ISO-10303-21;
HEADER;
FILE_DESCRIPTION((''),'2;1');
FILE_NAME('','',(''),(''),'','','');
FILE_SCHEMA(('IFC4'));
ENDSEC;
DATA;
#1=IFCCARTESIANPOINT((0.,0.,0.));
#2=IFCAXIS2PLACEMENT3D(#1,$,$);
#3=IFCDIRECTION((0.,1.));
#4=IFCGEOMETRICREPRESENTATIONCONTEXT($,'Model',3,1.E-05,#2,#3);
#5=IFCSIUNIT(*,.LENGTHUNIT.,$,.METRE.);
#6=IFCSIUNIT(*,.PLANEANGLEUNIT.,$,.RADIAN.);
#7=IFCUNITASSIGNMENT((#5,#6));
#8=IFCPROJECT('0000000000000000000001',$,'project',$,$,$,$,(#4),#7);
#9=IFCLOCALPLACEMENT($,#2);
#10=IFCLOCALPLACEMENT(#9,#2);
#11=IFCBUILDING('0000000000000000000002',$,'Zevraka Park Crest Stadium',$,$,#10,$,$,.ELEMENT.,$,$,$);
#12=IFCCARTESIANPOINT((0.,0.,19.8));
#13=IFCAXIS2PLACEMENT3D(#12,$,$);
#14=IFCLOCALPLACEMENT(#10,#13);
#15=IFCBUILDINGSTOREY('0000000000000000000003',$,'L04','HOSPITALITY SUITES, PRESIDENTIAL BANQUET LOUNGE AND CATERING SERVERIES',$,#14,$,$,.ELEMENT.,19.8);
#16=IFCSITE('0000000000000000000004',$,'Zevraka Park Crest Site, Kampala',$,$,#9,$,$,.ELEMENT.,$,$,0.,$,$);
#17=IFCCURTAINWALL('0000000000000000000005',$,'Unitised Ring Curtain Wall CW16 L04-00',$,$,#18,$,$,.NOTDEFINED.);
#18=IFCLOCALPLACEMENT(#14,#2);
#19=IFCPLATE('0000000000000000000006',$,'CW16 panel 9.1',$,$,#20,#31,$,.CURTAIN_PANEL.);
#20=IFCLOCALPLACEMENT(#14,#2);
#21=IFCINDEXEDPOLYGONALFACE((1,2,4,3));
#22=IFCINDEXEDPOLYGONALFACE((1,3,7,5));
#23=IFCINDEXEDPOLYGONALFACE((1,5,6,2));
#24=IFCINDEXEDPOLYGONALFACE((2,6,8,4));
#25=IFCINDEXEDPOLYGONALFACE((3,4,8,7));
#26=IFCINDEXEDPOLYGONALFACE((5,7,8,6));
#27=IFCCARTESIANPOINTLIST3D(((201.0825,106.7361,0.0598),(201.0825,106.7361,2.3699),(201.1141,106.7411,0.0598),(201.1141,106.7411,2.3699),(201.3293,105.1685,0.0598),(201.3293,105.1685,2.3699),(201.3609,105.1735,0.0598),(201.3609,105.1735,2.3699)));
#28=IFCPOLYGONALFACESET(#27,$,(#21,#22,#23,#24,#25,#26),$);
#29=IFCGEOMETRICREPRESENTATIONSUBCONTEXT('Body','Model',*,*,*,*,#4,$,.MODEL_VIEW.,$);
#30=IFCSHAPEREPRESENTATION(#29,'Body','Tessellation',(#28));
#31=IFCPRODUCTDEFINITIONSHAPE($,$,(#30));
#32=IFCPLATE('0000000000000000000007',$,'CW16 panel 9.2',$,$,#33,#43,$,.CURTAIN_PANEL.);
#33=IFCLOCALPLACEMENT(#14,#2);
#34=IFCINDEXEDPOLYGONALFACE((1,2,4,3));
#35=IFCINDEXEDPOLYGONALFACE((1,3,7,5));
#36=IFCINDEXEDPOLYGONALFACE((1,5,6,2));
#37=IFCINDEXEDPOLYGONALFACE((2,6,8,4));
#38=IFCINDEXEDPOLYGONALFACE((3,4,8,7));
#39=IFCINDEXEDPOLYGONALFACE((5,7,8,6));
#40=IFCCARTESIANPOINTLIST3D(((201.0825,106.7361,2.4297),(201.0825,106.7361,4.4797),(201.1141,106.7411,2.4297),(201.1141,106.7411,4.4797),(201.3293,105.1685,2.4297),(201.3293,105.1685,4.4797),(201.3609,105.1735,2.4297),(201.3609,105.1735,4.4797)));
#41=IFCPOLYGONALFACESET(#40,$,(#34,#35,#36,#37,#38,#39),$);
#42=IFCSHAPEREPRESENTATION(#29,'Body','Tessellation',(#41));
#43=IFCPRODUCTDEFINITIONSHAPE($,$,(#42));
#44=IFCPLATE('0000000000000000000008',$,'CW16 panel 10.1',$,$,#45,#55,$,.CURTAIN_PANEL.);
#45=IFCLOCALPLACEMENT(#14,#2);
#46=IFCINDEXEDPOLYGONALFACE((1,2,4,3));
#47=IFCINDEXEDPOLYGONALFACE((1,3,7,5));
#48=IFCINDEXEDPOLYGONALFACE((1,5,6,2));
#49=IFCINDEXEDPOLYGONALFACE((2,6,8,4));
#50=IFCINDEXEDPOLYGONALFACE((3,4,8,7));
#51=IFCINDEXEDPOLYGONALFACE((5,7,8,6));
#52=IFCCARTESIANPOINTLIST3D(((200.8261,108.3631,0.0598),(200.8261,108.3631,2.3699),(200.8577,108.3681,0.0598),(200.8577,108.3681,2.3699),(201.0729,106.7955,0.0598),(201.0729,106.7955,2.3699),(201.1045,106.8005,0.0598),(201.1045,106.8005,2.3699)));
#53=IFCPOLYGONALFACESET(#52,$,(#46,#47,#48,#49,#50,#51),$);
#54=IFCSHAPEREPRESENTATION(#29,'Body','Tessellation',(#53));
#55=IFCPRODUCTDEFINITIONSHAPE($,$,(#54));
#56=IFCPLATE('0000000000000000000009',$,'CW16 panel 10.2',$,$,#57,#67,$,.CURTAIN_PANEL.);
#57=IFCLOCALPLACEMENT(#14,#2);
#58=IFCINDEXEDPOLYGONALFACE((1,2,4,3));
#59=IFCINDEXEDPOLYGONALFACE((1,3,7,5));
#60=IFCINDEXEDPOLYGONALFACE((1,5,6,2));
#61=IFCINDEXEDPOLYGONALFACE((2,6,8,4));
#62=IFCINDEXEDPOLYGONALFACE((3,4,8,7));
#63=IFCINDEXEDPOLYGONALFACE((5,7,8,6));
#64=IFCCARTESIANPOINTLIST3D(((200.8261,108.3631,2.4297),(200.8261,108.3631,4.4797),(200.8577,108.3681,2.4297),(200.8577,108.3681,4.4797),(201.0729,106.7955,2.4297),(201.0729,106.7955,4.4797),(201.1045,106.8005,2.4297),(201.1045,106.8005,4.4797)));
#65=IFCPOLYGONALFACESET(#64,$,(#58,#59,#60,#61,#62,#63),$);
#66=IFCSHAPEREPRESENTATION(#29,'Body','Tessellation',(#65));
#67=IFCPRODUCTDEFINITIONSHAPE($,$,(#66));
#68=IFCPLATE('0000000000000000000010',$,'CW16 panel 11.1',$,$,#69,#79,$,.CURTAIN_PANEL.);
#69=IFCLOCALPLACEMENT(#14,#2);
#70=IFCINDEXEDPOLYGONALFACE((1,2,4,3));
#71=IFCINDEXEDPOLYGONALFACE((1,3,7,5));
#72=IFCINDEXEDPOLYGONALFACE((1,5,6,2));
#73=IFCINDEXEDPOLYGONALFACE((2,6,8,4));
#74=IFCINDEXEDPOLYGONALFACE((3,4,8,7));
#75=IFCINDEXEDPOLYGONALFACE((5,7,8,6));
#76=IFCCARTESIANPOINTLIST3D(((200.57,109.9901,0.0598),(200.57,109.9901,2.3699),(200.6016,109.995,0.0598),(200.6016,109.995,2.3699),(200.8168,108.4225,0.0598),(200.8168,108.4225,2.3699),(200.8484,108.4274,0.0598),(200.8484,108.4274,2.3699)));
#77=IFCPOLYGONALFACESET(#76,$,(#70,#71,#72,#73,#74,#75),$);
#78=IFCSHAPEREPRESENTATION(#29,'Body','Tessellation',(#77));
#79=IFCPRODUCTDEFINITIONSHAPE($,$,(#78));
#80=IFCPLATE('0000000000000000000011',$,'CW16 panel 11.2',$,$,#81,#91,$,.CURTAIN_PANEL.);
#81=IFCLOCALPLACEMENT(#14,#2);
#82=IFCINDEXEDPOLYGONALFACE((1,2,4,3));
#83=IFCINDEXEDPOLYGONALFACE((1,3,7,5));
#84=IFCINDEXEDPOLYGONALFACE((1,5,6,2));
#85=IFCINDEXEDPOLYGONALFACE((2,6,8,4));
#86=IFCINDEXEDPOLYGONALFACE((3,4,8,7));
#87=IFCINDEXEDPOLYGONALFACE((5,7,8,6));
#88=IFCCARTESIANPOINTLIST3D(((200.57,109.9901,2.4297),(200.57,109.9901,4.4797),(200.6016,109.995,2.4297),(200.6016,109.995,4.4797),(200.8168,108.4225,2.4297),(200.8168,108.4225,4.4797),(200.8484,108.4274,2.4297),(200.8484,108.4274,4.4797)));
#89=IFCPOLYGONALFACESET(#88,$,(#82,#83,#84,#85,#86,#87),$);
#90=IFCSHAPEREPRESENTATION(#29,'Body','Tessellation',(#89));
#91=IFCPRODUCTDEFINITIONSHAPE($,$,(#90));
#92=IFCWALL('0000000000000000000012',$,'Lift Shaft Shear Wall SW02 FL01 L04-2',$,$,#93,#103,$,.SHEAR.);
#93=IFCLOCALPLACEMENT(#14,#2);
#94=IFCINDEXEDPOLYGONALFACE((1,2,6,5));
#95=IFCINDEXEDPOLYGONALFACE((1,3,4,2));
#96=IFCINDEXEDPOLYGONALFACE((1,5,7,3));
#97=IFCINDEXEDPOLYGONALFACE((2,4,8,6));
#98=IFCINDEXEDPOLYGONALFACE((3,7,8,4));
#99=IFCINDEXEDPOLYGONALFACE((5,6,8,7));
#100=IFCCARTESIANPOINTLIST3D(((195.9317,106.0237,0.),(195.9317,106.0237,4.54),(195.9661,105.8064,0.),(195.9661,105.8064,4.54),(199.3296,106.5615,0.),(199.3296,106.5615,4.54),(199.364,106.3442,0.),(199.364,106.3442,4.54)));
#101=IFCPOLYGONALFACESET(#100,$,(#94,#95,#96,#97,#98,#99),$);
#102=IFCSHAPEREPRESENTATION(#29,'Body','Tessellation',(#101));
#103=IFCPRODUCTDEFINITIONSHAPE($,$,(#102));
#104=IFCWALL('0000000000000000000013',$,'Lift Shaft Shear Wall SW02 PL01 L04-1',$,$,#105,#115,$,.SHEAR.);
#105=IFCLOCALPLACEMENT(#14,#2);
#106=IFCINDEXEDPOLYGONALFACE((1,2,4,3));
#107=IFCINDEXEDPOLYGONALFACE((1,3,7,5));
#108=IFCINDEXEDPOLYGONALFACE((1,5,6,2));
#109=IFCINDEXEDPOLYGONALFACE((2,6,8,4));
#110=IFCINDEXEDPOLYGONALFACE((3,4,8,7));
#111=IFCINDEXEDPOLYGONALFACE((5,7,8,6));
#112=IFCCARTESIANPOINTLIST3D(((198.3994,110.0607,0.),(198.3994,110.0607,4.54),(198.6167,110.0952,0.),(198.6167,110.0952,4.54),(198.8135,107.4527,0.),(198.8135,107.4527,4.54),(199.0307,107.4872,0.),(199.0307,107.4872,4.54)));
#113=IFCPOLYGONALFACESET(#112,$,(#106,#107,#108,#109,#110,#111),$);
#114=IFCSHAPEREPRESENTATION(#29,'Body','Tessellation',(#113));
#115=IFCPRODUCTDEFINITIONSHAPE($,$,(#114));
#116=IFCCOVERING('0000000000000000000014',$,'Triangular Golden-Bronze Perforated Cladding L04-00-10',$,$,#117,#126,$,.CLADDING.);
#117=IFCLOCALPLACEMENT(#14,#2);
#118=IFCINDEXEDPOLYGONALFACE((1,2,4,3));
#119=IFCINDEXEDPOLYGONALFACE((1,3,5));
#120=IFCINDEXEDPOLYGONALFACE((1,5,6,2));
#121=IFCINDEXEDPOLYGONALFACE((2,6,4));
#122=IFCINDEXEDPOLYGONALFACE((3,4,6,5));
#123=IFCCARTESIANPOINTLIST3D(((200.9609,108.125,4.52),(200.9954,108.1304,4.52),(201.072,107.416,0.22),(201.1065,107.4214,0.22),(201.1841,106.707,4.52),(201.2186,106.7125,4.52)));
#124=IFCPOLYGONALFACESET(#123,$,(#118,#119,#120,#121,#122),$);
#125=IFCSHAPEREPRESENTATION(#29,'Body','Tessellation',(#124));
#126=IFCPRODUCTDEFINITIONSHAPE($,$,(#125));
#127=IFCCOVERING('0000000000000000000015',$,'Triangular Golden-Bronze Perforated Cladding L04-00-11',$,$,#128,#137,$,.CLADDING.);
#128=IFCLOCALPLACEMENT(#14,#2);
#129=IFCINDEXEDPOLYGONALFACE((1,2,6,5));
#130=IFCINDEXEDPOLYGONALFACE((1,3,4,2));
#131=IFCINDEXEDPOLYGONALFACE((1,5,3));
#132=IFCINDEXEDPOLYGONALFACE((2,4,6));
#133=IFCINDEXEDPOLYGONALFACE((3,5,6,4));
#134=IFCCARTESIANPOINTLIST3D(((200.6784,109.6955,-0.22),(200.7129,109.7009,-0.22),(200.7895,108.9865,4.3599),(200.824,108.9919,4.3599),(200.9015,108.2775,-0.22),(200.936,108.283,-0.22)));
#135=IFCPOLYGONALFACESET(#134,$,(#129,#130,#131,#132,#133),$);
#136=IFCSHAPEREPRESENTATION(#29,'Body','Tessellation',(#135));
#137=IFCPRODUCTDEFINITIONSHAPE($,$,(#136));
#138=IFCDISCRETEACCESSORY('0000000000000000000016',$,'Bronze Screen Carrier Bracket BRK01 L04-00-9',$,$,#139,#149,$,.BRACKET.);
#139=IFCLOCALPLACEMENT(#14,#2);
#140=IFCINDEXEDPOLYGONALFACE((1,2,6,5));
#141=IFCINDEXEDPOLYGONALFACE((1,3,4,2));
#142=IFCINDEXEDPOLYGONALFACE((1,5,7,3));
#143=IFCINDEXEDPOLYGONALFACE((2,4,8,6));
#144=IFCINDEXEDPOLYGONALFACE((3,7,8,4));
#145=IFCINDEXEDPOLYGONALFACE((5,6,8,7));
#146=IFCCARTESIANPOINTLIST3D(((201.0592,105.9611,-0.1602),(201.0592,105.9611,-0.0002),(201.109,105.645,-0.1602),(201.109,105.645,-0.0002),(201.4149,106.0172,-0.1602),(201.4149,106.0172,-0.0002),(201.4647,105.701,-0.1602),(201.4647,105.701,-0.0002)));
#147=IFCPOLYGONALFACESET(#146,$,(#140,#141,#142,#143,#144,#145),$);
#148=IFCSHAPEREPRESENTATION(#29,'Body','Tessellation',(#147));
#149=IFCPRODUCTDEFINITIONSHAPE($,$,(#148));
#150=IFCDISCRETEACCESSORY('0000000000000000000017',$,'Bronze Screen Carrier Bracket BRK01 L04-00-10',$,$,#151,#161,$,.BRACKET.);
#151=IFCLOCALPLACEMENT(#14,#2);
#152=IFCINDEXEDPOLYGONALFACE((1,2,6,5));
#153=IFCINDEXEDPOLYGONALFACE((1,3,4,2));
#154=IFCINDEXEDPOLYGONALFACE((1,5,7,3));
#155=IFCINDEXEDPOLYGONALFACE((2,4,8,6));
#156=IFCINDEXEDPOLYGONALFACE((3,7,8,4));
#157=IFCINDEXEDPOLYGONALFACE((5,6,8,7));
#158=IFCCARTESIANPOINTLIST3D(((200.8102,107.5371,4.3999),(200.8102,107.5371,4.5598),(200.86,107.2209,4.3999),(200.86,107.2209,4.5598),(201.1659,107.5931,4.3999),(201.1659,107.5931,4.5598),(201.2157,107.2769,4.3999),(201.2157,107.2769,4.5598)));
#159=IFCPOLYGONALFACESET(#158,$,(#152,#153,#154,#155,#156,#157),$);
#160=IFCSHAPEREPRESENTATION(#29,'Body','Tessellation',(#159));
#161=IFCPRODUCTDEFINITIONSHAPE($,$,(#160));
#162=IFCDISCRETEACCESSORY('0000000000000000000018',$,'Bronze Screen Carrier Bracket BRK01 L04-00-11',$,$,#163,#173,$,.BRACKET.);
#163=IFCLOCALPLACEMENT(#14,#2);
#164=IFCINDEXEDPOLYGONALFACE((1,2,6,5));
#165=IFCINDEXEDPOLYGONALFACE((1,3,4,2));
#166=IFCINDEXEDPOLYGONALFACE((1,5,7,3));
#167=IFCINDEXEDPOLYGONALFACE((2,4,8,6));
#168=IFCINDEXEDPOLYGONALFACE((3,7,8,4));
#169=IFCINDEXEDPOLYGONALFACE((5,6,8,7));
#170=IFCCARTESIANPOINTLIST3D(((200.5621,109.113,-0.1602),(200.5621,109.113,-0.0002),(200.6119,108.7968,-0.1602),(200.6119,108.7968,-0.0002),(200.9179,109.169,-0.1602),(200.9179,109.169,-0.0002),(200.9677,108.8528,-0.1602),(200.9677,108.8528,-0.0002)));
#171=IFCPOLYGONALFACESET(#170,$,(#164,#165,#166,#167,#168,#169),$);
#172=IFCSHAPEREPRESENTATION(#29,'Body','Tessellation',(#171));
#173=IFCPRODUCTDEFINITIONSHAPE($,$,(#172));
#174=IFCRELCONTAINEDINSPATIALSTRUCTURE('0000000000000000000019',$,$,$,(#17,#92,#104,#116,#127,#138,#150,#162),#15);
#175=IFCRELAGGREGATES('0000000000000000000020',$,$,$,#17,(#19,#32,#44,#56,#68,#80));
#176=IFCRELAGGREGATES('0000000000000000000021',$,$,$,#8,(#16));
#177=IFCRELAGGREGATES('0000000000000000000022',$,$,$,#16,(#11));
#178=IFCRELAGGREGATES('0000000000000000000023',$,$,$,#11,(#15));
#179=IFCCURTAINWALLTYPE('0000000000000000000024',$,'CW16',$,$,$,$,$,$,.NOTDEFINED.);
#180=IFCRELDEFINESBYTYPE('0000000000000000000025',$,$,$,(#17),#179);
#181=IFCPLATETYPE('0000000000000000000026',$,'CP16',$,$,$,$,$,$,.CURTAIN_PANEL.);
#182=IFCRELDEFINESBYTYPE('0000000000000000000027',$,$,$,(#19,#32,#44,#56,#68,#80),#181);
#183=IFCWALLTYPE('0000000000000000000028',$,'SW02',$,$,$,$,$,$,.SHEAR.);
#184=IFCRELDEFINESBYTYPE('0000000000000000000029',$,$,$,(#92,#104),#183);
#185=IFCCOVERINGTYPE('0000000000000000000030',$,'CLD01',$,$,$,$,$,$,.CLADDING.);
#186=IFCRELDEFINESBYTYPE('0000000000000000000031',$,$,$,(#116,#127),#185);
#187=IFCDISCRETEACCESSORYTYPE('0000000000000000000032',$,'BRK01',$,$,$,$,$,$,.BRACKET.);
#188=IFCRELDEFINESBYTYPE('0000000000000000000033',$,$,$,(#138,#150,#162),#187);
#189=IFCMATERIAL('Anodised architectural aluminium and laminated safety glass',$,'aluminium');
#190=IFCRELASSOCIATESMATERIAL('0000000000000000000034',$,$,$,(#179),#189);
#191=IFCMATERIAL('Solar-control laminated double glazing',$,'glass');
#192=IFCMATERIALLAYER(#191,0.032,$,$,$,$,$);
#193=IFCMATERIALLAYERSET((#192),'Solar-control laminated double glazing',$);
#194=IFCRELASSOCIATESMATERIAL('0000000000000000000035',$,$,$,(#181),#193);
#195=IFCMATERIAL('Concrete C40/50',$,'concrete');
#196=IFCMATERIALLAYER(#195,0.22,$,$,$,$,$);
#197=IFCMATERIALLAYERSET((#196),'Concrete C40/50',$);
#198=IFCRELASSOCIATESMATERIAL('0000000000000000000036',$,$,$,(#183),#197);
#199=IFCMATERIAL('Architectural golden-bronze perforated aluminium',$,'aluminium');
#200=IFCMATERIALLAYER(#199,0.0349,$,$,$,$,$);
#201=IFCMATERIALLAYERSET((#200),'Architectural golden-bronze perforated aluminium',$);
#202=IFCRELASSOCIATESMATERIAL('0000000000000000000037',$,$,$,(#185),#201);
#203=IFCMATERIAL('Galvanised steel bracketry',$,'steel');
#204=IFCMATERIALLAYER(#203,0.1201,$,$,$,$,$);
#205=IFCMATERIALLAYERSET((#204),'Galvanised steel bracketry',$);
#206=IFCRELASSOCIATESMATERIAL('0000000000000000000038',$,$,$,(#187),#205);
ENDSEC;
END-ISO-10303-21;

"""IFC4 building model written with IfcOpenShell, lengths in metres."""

from ifc_helpers import new_model, si_unit, direction, frame, frame_2d, origin, origin_2d, place, context, subcontext, project, spatial, polyline, rectangle, outline, extrude, material, layer, layer_set, type_object, element, aggregate, save


model = new_model("IFC4")

# Units and contexts
model_context = context("Model", 3, precision=1e-05, world=origin(), true_north=direction((0.0, 1.0)))
body_context = subcontext(model_context, "Body", "Model", "MODEL_VIEW")
ifc_project = project(units=[si_unit("LENGTHUNIT", "METRE"), si_unit("PLANEANGLEUNIT", "RADIAN")], contexts=[model_context])

# Site, building, storey
site_placement = place(None, origin())
site = spatial("IfcSite", under=ifc_project, at=site_placement, Name="Zevraka Park Crest Site, Kampala", CompositionType="ELEMENT", RefElevation=0.0)
building_placement = place(site_placement, origin())
building = spatial("IfcBuilding", under=site, at=building_placement, Name="Zevraka Park Crest Stadium", CompositionType="ELEMENT")
storey_placement = place(building_placement, frame((0.0, 0.0, 19.8)))
storey = spatial("IfcBuildingStorey", under=building, at=storey_placement, Name="L04", Description="HOSPITALITY SUITES, PRESIDENTIAL BANQUET LOUNGE AND CATERING SERVERIES", CompositionType="ELEMENT", Elevation=19.8)

# Curtain wall, plates
ifc_material_1 = material(Name="Anodised architectural aluminium and laminated safety glass", Category="aluminium")
curtain_wall_type = type_object("IfcCurtainWallType", Name="CW16", PredefinedType="NOTDEFINED", material=ifc_material_1)
curtain_wall_placement = place(storey_placement, origin())
curtain_wall = element("IfcCurtainWall", 1, at=curtain_wall_placement, inside=storey, type_object=curtain_wall_type, Name="Unitised Ring Curtain Wall CW16 L04-00", PredefinedType="NOTDEFINED")
ifc_material_2 = material(Name="Solar-control laminated double glazing", Category="glass")
ifc_layer_1 = layer(ifc_material_2, 0.032)
ifc_layer_set_1 = layer_set([ifc_layer_1], Name="Solar-control laminated double glazing")
plate_type = type_object("IfcPlateType", Name="CP16", PredefinedType="CURTAIN_PANEL", material=ifc_layer_set_1)
plate_1_placement = place(storey_placement, frame((201.2217, 105.9548, 0.0598), z_axis=(0.0, 0.0, 1.0), x_axis=(-0.155539, 0.98783, 0.0)))
plate_1 = element("IfcPlate", 2, at=plate_1_placement, type_object=plate_type, Name="CW16 panel 9.1", PredefinedType="CURTAIN_PANEL", context=body_context, shape_type="SweptSolid", body=[
    extrude(rectangle(XDim=1.5869, YDim=0.032, at=origin_2d()), origin(), (0.0, 0.0, 1.0), 2.3101),
])
plate_2_placement = place(storey_placement, frame((201.2217, 105.9548, 2.4297), z_axis=(0.0, 0.0, 1.0), x_axis=(-0.155539, 0.98783, 0.0)))
plate_2 = element("IfcPlate", 3, at=plate_2_placement, type_object=plate_type, Name="CW16 panel 9.2", PredefinedType="CURTAIN_PANEL", context=body_context, shape_type="SweptSolid", body=[
    extrude(rectangle(XDim=1.5869, YDim=0.032, at=origin_2d()), origin(), (0.0, 0.0, 1.0), 2.05),
])
plate_3_placement = place(storey_placement, frame((200.9653, 107.5818, 0.0598), z_axis=(0.0, 0.0, 1.0), x_axis=(-0.155539, 0.98783, 0.0)))
plate_3 = element("IfcPlate", 4, at=plate_3_placement, type_object=plate_type, Name="CW16 panel 10.1", PredefinedType="CURTAIN_PANEL", context=body_context, shape_type="SweptSolid", body=[
    extrude(rectangle(XDim=1.5869, YDim=0.032, at=origin_2d()), origin(), (0.0, 0.0, 1.0), 2.3101),
])
plate_4_placement = place(storey_placement, frame((200.9653, 107.5818, 2.4297), z_axis=(0.0, 0.0, 1.0), x_axis=(-0.155539, 0.98783, 0.0)))
plate_4 = element("IfcPlate", 5, at=plate_4_placement, type_object=plate_type, Name="CW16 panel 10.2", PredefinedType="CURTAIN_PANEL", context=body_context, shape_type="SweptSolid", body=[
    extrude(rectangle(XDim=1.5869, YDim=0.032, at=origin_2d()), origin(), (0.0, 0.0, 1.0), 2.05),
])
plate_5_placement = place(storey_placement, frame((200.7092, 109.2087, 0.0598), z_axis=(0.0, 0.0, 1.0), x_axis=(-0.155539, 0.98783, 0.0)))
plate_5 = element("IfcPlate", 6, at=plate_5_placement, type_object=plate_type, Name="CW16 panel 11.1", PredefinedType="CURTAIN_PANEL", context=body_context, shape_type="SweptSolid", body=[
    extrude(rectangle(XDim=1.5869, YDim=0.032, at=origin_2d()), origin(), (0.0, 0.0, 1.0), 2.3101),
])
plate_6_placement = place(storey_placement, frame((200.7092, 109.2087, 2.4297), z_axis=(0.0, 0.0, 1.0), x_axis=(-0.155539, 0.98783, 0.0)))
plate_6 = element("IfcPlate", 7, at=plate_6_placement, type_object=plate_type, Name="CW16 panel 11.2", PredefinedType="CURTAIN_PANEL", context=body_context, shape_type="SweptSolid", body=[
    extrude(rectangle(XDim=1.5869, YDim=0.032, at=origin_2d()), origin(), (0.0, 0.0, 1.0), 2.05),
])
aggregate(curtain_wall, [plate_1, plate_2, plate_3, plate_4, plate_5, plate_6])

# Walls
ifc_material_3 = material(Name="Concrete C40/50", Category="concrete")
ifc_layer_2 = layer(ifc_material_3, 0.22)
ifc_layer_set_2 = layer_set([ifc_layer_2], Name="Concrete C40/50")
wall_type = type_object("IfcWallType", Name="SW02", PredefinedType="SHEAR", material=ifc_layer_set_2)
wall_1_placement = place(storey_placement, frame((199.3469, 106.4529, 0.0), z_axis=(0.0, 0.0, 1.0), x_axis=(-0.987704, -0.156338, 0.0)))
element("IfcWall", 8, at=wall_1_placement, inside=storey, type_object=wall_type, Name="Lift Shaft Shear Wall SW02 FL01 L04-2", PredefinedType="SHEAR", context=body_context, shape_type="SweptSolid", body=[
    extrude(rectangle(XDim=3.4402, YDim=0.22, at=frame_2d((1.7202, 0.0))), origin(), (0.0, 0.0, 1.0), 4.54),
])
wall_2_placement = place(storey_placement, frame((198.9221, 107.47, 0.0), z_axis=(0.0, 0.0, 1.0), x_axis=(-0.156808, 0.987629, 0.0)))
element("IfcWall", 9, at=wall_2_placement, inside=storey, type_object=wall_type, Name="Lift Shaft Shear Wall SW02 PL01 L04-1", PredefinedType="SHEAR", context=body_context, shape_type="SweptSolid", body=[
    extrude(rectangle(XDim=2.6406, YDim=0.22, at=frame_2d((1.3203, 0.0))), origin(), (0.0, 0.0, 1.0), 4.54),
])

# Coverings
ifc_material_4 = material(Name="Architectural golden-bronze perforated aluminium", Category="aluminium")
ifc_layer_3 = layer(ifc_material_4, 0.0349)
ifc_layer_set_3 = layer_set([ifc_layer_3], Name="Architectural golden-bronze perforated aluminium")
covering_type = type_object("IfcCoveringType", Name="CLD01", PredefinedType="CLADDING", material=ifc_layer_set_3)
covering_1_placement = place(storey_placement, frame((200.9609, 108.125, 4.52), z_axis=(-0.987843, -0.155456, 0.000112), x_axis=(0.155456, -0.987843, 0.0)))
element("IfcCovering", 10, at=covering_1_placement, inside=storey, type_object=covering_type, Name="Triangular Golden-Bronze Perforated Cladding L04-00-10", PredefinedType="CLADDING", context=body_context, shape_type="SweptSolid", body=[
    extrude(outline(polyline([(0.0, 0.0), (1.4354, 0.0), (0.7176, -4.3), (0.0, 0.0)])), origin(), (0.0, 0.0, -1.0), 0.0349),
])
covering_2_placement = place(storey_placement, frame((200.936, 108.283, -0.22), z_axis=(0.987843, 0.155456, 0.000105), x_axis=(-0.155456, 0.987843, 0.0)))
element("IfcCovering", 11, at=covering_2_placement, inside=storey, type_object=covering_type, Name="Triangular Golden-Bronze Perforated Cladding L04-00-11", PredefinedType="CLADDING", context=body_context, shape_type="SweptSolid", body=[
    extrude(outline(polyline([(0.0, 0.0), (1.4354, 0.0), (0.7178, 4.5798), (0.0, 0.0)])), origin(), (0.0, 0.0, -1.0), 0.0349),
])

# Discrete accessories
ifc_material_5 = material(Name="Galvanised steel bracketry", Category="steel")
ifc_layer_4 = layer(ifc_material_5, 0.1201)
ifc_layer_set_4 = layer_set([ifc_layer_4], Name="Galvanised steel bracketry")
discrete_accessory_type = type_object("IfcDiscreteAccessoryType", Name="BRK01", PredefinedType="BRACKET", material=ifc_layer_set_4)
for number, where, z_axis, x_axis, name in (
    (12, (201.262, 105.8311, -0.1602), (0.0, 0.0, 1.0), (-0.155572, 0.987824, 0.0), "Bronze Screen Carrier Bracket BRK01 L04-00-9"),
    (13, (201.0129, 107.407, 4.3999), (0.0, 0.0, 1.0), (-0.155572, 0.987824, 0.0), "Bronze Screen Carrier Bracket BRK01 L04-00-10"),
    (14, (200.7649, 108.9829, -0.1602), (0.0, 0.0, 1.0), (-0.155572, 0.987824, 0.0), "Bronze Screen Carrier Bracket BRK01 L04-00-11"),
):
    element("IfcDiscreteAccessory", number, at=place(storey_placement, frame(where, z_axis=z_axis, x_axis=x_axis)), inside=storey, type_object=discrete_accessory_type, Name=name, PredefinedType="BRACKET", context=body_context, shape_type="SweptSolid", body=[
        extrude(rectangle(XDim=0.3201, YDim=0.3601, at=origin_2d()), origin(), (0.0, 0.0, 1.0), 0.1599),
    ])

save(model, "model.ifc")
